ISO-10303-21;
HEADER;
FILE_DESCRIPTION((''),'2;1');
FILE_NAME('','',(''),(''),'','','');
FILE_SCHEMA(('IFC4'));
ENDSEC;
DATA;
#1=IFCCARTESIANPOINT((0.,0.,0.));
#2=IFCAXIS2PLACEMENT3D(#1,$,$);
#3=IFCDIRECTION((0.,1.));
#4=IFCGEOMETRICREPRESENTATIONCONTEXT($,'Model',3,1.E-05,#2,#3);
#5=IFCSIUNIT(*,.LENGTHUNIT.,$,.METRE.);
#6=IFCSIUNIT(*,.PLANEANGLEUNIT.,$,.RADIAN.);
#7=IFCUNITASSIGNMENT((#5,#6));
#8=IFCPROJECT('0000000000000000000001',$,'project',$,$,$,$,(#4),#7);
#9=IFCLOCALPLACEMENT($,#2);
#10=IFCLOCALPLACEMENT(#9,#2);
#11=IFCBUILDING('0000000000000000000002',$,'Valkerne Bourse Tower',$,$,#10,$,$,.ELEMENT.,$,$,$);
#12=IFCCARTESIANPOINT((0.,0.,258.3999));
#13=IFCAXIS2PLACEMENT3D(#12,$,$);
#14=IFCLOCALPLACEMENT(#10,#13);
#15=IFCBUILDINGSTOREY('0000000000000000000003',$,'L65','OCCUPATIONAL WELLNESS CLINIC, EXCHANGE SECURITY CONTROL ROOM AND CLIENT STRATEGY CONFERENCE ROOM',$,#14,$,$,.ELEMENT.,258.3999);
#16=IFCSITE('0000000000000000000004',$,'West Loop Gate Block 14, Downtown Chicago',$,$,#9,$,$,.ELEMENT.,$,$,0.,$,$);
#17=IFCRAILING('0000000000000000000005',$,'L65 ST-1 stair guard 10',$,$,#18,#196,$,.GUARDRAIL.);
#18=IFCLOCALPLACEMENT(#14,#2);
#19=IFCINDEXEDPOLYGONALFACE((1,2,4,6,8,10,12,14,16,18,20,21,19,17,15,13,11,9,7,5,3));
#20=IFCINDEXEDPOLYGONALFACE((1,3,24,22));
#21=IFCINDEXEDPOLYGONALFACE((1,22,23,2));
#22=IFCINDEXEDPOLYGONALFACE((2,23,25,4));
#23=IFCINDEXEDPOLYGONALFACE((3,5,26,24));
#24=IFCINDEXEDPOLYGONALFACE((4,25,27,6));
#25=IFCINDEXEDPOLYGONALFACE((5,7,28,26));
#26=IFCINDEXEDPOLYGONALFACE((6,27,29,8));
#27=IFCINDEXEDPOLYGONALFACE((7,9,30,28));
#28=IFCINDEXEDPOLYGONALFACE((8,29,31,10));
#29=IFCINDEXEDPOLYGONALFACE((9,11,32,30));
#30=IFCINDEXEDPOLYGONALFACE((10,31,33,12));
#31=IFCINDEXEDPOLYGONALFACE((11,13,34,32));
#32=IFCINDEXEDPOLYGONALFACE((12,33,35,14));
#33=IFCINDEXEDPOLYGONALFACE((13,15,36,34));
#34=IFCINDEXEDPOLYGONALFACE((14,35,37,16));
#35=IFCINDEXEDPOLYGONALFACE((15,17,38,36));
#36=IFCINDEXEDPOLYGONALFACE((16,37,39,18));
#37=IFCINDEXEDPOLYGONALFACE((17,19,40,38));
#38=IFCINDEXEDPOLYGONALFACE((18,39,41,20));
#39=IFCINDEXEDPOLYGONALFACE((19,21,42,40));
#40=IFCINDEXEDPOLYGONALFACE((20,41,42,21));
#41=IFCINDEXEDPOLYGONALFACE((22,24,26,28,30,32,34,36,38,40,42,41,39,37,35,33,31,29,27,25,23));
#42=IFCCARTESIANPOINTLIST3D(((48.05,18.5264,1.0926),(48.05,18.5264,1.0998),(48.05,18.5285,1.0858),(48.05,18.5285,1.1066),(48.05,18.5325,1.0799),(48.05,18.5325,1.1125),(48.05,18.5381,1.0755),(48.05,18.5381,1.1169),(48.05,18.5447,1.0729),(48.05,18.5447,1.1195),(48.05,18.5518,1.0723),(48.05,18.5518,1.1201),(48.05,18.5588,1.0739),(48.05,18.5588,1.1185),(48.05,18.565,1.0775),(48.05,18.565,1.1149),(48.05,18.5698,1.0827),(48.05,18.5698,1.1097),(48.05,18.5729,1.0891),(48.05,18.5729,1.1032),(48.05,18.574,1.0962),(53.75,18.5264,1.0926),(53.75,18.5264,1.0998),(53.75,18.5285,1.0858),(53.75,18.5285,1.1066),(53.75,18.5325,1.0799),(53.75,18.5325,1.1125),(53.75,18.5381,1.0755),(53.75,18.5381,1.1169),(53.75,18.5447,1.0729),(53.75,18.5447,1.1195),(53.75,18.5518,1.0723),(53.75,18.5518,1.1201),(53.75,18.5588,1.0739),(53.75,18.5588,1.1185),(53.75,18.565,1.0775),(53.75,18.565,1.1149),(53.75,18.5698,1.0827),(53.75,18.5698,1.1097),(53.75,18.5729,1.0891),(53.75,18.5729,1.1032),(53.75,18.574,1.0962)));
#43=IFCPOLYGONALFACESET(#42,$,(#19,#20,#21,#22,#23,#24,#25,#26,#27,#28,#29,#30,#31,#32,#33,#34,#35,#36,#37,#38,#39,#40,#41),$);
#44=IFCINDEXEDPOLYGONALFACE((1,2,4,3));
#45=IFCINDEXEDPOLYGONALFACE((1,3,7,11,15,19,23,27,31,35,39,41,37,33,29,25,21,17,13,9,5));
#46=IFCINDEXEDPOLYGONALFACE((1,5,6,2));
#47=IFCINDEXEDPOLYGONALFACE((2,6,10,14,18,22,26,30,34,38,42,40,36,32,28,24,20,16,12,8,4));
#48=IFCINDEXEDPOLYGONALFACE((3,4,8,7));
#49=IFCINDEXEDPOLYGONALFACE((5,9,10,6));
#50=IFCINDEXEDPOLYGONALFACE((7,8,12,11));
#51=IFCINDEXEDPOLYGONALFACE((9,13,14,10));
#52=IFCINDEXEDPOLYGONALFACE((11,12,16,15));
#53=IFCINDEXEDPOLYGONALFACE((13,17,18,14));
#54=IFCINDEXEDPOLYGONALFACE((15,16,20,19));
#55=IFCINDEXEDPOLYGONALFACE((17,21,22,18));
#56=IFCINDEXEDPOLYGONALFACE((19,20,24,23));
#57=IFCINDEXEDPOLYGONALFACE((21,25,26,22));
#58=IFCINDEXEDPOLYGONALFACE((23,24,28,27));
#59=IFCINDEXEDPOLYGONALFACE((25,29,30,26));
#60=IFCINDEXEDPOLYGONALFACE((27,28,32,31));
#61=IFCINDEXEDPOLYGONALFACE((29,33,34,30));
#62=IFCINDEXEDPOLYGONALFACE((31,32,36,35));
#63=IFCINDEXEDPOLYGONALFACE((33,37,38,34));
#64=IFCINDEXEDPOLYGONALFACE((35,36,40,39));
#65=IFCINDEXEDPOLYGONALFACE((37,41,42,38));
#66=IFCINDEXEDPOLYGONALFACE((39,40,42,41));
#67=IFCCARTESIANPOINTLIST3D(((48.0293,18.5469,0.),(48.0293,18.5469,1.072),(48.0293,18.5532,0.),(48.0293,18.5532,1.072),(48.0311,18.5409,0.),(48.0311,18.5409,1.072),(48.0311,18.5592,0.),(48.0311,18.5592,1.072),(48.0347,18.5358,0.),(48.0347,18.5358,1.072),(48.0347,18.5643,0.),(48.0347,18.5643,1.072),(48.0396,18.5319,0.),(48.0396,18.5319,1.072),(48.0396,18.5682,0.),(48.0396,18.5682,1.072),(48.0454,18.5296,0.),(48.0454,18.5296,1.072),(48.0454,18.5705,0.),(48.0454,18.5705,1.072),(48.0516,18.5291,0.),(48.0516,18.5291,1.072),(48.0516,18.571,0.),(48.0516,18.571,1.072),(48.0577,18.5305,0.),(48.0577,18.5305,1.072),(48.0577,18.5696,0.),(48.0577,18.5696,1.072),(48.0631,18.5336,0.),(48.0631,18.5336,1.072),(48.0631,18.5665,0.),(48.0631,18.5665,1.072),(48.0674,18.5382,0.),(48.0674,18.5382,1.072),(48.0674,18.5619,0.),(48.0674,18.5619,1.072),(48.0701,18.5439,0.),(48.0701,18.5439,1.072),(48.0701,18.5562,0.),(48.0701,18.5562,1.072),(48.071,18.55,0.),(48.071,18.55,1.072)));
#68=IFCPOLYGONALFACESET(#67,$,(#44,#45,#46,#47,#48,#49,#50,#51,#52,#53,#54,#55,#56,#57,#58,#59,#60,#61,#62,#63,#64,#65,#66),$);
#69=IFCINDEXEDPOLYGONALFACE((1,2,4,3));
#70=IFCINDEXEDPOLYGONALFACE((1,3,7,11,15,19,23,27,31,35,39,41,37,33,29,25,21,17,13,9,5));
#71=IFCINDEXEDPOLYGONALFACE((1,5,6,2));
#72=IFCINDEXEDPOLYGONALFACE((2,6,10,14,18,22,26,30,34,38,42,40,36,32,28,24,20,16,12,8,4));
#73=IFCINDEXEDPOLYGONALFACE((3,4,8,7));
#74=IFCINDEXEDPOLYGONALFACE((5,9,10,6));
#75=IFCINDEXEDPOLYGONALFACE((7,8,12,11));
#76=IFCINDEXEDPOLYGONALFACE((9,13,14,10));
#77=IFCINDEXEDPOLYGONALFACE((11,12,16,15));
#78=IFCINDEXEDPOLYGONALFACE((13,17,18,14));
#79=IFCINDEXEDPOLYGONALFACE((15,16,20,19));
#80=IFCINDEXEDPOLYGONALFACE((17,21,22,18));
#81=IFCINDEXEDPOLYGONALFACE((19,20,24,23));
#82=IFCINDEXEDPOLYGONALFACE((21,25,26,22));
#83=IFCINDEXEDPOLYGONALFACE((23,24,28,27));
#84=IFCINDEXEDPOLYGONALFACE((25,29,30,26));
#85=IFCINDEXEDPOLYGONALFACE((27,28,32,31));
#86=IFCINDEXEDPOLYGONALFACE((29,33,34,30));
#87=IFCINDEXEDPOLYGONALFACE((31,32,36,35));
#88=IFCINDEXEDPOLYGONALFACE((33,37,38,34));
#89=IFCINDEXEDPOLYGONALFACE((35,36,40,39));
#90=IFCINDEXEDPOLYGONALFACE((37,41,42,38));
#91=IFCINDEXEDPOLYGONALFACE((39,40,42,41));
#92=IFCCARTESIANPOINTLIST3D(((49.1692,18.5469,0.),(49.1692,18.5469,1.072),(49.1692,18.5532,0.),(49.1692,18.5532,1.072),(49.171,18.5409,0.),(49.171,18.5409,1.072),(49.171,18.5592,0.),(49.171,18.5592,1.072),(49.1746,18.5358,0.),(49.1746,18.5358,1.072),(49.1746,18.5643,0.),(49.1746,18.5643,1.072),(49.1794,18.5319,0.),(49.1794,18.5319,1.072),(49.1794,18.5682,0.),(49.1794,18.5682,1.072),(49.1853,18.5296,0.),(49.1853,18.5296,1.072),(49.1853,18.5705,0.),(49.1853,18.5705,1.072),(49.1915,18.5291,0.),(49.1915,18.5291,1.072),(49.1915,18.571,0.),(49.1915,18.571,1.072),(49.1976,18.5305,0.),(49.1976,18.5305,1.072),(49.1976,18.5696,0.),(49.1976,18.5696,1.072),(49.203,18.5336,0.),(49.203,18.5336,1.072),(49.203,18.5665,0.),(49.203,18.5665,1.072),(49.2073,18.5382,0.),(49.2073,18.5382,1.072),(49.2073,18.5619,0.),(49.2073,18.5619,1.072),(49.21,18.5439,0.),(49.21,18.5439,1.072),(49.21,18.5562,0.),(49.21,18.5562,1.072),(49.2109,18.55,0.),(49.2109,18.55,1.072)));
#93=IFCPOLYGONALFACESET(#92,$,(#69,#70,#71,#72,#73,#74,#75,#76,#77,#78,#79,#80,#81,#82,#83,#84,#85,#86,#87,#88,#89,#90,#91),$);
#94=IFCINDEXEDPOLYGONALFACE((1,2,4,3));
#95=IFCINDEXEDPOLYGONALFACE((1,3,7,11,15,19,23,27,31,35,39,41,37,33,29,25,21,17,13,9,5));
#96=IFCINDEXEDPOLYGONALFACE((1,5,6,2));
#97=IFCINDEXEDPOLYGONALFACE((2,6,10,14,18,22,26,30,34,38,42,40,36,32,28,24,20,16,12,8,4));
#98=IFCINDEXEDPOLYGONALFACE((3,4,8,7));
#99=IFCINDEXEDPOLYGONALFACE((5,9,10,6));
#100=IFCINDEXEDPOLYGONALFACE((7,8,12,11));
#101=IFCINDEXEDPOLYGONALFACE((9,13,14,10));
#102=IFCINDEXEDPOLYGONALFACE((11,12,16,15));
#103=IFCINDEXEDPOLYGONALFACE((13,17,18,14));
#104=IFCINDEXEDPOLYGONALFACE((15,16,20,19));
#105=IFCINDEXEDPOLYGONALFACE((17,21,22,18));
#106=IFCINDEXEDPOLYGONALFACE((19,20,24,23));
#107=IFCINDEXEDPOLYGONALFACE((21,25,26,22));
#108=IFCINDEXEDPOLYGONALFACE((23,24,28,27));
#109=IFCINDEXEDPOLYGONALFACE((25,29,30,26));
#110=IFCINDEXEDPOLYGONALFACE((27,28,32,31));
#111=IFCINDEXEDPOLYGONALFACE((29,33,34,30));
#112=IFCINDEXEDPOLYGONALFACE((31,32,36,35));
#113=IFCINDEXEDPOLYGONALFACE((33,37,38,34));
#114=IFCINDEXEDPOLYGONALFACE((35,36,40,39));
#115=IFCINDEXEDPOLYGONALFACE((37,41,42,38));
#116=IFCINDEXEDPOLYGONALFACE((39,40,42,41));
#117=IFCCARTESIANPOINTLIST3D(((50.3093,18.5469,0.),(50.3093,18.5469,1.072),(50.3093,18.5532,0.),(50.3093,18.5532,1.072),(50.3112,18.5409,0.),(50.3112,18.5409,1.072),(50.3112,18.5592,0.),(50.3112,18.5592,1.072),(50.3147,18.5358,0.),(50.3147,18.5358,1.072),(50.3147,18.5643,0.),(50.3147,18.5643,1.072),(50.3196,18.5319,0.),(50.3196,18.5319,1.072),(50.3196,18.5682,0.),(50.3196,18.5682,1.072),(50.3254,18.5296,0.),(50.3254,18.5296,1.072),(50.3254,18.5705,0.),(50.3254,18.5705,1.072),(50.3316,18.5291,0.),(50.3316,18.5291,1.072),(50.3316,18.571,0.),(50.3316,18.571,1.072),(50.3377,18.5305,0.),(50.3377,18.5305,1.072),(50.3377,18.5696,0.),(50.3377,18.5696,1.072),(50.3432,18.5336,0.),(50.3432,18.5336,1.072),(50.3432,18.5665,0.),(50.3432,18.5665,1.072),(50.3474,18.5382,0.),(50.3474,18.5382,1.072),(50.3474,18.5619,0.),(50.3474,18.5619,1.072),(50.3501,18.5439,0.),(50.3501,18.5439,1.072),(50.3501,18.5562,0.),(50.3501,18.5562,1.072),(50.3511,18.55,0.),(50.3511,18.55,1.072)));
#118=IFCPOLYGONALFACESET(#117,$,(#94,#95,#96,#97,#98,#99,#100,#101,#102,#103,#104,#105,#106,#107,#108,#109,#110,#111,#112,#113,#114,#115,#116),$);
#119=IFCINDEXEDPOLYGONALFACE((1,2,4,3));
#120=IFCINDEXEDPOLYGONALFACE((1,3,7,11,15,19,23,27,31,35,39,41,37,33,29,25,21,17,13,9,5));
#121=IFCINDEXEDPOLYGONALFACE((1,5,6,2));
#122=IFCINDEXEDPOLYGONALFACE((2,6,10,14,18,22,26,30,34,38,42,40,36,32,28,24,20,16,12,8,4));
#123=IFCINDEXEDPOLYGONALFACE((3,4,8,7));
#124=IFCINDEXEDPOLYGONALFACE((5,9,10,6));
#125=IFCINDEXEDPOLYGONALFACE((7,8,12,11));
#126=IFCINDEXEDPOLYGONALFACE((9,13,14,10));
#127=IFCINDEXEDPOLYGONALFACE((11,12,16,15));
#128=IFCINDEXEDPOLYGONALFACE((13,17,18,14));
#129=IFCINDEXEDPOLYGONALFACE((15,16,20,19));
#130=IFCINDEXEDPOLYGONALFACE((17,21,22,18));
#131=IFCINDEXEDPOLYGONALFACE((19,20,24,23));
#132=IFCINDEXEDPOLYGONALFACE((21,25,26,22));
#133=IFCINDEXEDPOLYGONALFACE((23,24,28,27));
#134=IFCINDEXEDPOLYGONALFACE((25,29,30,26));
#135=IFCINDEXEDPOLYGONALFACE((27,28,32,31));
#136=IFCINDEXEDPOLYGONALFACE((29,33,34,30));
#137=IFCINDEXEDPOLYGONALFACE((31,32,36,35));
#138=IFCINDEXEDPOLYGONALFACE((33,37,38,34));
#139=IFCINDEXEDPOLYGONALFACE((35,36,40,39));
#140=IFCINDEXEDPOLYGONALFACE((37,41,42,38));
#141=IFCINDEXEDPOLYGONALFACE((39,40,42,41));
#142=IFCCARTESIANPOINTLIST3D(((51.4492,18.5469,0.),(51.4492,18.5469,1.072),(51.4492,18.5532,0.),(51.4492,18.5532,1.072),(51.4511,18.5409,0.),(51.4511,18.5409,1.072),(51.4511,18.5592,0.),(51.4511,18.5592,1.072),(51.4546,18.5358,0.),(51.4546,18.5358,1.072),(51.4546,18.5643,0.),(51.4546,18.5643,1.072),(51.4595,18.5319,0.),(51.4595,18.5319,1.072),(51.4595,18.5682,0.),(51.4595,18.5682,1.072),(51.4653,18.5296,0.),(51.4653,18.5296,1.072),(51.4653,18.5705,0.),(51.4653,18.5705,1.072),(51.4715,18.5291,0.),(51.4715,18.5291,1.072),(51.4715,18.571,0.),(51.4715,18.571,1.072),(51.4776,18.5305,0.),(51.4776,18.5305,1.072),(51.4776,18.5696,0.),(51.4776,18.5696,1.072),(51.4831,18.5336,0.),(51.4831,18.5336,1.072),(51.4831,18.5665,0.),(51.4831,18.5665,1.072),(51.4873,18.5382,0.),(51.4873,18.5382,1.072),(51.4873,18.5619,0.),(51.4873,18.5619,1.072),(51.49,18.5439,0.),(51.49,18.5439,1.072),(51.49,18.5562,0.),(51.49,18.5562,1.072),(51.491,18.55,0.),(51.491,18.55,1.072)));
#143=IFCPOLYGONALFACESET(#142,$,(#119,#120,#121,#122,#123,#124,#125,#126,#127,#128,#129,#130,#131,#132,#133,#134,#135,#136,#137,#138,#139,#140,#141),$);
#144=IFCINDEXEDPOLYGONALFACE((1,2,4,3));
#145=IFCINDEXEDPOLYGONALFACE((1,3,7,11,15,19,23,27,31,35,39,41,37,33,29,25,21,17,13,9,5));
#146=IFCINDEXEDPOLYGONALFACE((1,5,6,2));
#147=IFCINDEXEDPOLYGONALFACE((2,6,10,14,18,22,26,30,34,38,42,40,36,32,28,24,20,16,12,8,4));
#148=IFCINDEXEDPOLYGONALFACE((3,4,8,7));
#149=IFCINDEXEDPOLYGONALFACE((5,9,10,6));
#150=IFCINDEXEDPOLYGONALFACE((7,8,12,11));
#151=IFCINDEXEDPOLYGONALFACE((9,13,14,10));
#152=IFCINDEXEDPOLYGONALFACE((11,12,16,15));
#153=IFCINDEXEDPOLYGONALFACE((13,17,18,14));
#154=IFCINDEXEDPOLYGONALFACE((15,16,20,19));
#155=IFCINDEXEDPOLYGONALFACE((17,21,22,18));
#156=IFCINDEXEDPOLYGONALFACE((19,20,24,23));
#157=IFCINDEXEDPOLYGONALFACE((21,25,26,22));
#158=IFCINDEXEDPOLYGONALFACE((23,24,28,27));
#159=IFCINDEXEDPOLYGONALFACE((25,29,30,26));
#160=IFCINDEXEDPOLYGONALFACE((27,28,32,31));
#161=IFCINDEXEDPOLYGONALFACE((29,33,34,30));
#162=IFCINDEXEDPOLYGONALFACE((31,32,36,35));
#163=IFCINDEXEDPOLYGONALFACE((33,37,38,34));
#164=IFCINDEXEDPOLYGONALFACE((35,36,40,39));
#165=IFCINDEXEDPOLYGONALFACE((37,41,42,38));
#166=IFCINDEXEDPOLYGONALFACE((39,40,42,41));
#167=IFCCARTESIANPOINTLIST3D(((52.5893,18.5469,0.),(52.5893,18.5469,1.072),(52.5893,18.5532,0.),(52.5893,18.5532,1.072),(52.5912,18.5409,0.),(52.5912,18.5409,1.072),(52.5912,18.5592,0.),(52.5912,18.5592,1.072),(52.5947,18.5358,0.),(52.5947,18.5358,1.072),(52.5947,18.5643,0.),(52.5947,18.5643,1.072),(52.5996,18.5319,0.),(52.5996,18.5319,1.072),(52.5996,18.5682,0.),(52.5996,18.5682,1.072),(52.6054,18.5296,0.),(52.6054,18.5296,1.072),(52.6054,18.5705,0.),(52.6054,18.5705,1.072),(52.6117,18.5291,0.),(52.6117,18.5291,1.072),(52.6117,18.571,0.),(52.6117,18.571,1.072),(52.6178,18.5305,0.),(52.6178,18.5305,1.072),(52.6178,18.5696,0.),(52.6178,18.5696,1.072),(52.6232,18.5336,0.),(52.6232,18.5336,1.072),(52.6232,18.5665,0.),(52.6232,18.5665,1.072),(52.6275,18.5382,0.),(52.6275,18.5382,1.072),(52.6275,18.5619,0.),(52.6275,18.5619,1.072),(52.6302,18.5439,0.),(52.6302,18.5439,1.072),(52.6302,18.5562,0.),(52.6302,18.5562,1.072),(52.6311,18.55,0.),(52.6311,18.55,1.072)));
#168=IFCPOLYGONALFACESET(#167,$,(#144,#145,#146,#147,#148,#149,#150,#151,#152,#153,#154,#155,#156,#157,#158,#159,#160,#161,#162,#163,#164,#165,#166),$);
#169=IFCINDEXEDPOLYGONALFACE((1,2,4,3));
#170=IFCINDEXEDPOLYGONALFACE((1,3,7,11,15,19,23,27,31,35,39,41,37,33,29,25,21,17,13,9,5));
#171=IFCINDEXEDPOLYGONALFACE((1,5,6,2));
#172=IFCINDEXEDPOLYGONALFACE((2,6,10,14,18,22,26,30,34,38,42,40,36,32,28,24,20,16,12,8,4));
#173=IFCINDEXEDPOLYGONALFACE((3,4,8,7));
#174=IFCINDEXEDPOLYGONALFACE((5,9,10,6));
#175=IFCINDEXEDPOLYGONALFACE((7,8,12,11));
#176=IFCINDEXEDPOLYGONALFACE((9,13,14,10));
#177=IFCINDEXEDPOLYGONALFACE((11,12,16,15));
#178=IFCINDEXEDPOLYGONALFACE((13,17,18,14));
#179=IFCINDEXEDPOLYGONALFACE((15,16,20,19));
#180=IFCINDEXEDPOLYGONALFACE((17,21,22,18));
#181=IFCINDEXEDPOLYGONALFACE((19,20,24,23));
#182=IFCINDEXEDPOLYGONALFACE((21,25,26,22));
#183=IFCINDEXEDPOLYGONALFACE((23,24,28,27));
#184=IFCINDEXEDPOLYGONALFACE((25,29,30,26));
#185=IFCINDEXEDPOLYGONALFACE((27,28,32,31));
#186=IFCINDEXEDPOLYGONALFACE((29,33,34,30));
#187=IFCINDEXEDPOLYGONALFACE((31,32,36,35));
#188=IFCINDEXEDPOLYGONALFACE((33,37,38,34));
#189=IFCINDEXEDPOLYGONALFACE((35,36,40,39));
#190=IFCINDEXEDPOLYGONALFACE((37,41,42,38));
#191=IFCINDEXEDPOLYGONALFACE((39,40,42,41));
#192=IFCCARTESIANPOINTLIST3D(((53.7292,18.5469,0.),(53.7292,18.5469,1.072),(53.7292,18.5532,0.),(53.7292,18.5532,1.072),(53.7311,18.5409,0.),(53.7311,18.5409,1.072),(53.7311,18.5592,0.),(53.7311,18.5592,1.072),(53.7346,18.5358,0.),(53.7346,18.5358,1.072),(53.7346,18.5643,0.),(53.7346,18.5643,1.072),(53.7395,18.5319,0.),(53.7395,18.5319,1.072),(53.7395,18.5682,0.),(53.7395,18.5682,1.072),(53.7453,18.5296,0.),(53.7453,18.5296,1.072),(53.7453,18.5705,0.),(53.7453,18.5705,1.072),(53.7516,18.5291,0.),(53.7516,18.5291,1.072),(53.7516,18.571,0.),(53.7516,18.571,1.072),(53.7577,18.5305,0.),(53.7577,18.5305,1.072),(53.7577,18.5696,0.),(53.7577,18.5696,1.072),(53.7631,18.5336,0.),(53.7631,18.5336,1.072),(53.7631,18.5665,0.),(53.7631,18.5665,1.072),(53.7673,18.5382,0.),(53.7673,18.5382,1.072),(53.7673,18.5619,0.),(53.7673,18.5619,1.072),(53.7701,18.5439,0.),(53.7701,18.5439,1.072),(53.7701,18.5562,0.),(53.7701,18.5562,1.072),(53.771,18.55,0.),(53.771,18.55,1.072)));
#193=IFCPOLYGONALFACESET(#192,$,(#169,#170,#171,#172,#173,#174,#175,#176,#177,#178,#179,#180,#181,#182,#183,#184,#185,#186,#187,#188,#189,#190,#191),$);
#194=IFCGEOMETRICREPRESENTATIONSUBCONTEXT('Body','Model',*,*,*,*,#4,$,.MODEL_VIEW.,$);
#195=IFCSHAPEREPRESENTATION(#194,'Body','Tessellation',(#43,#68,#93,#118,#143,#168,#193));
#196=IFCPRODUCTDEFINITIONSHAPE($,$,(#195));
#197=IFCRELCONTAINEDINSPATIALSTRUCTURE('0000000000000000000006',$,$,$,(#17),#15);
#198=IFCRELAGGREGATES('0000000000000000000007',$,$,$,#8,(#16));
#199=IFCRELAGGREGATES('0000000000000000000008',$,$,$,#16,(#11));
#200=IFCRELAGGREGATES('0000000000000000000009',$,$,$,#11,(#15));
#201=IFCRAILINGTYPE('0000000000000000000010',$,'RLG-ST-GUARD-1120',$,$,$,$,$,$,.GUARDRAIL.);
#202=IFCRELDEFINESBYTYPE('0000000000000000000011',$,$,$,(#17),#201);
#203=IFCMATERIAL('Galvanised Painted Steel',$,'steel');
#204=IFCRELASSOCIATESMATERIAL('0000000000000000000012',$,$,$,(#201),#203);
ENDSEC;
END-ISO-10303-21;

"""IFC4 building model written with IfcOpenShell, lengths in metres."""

from ifc_helpers import new_model, si_unit, direction, frame, origin, origin_2d, place, context, subcontext, project, spatial, circle, extrude, material, type_object, element, save


model = new_model("IFC4")

# Units and contexts
model_context = context("Model", 3, precision=1e-05, world=origin(), true_north=direction((0.0, 1.0)))
body_context = subcontext(model_context, "Body", "Model", "MODEL_VIEW")
ifc_project = project(units=[si_unit("LENGTHUNIT", "METRE"), si_unit("PLANEANGLEUNIT", "RADIAN")], contexts=[model_context])

# Site, building, storey
site_placement = place(None, origin())
site = spatial("IfcSite", under=ifc_project, at=site_placement, Name="West Loop Gate Block 14, Downtown Chicago", CompositionType="ELEMENT", RefElevation=0.0)
building_placement = place(site_placement, origin())
building = spatial("IfcBuilding", under=site, at=building_placement, Name="Valkerne Bourse Tower", CompositionType="ELEMENT")
storey_placement = place(building_placement, frame((0.0, 0.0, 258.3999)))
storey = spatial("IfcBuildingStorey", under=building, at=storey_placement, Name="L65", Description="OCCUPATIONAL WELLNESS CLINIC, EXCHANGE SECURITY CONTROL ROOM AND CLIENT STRATEGY CONFERENCE ROOM", CompositionType="ELEMENT", Elevation=258.3999)

# Railing
ifc_material_1 = material(Name="Galvanised Painted Steel", Category="steel")
railing_type = type_object("IfcRailingType", Name="RLG-ST-GUARD-1120", PredefinedType="GUARDRAIL", material=ifc_material_1)
railing_1_placement = place(storey_placement, frame((48.05, 18.55, 0.0)))
element("IfcRailing", 1, at=railing_1_placement, inside=storey, type_object=railing_type, Name="L65 ST-1 stair guard 10", PredefinedType="GUARDRAIL", context=body_context, shape_type="SweptSolid", body=[
    extrude(circle(Radius=0.0239, at=origin_2d()), frame((0.0, 0.0, 1.0962), z_axis=(1.0, 0.0, 0.0), x_axis=(0.0, 1.0, 0.0)), (0.0, 0.0, 1.0), 5.7),
    extrude(circle(Radius=0.021, at=origin_2d()), origin(), (0.0, 0.0, 1.0), 1.072),
    extrude(circle(Radius=0.021, at=origin_2d()), frame((1.1399, 0.0, 0.0)), (0.0, 0.0, 1.0), 1.072),
    extrude(circle(Radius=0.021, at=origin_2d()), frame((2.28, 0.0, 0.0)), (0.0, 0.0, 1.0), 1.072),
    extrude(circle(Radius=0.021, at=origin_2d()), frame((3.4199, 0.0, 0.0)), (0.0, 0.0, 1.0), 1.072),
    extrude(circle(Radius=0.021, at=origin_2d()), frame((4.5601, 0.0, 0.0)), (0.0, 0.0, 1.0), 1.072),
    extrude(circle(Radius=0.021, at=origin_2d()), frame((5.7, 0.0, 0.0)), (0.0, 0.0, 1.0), 1.072),
])

save(model, "model.ifc")
